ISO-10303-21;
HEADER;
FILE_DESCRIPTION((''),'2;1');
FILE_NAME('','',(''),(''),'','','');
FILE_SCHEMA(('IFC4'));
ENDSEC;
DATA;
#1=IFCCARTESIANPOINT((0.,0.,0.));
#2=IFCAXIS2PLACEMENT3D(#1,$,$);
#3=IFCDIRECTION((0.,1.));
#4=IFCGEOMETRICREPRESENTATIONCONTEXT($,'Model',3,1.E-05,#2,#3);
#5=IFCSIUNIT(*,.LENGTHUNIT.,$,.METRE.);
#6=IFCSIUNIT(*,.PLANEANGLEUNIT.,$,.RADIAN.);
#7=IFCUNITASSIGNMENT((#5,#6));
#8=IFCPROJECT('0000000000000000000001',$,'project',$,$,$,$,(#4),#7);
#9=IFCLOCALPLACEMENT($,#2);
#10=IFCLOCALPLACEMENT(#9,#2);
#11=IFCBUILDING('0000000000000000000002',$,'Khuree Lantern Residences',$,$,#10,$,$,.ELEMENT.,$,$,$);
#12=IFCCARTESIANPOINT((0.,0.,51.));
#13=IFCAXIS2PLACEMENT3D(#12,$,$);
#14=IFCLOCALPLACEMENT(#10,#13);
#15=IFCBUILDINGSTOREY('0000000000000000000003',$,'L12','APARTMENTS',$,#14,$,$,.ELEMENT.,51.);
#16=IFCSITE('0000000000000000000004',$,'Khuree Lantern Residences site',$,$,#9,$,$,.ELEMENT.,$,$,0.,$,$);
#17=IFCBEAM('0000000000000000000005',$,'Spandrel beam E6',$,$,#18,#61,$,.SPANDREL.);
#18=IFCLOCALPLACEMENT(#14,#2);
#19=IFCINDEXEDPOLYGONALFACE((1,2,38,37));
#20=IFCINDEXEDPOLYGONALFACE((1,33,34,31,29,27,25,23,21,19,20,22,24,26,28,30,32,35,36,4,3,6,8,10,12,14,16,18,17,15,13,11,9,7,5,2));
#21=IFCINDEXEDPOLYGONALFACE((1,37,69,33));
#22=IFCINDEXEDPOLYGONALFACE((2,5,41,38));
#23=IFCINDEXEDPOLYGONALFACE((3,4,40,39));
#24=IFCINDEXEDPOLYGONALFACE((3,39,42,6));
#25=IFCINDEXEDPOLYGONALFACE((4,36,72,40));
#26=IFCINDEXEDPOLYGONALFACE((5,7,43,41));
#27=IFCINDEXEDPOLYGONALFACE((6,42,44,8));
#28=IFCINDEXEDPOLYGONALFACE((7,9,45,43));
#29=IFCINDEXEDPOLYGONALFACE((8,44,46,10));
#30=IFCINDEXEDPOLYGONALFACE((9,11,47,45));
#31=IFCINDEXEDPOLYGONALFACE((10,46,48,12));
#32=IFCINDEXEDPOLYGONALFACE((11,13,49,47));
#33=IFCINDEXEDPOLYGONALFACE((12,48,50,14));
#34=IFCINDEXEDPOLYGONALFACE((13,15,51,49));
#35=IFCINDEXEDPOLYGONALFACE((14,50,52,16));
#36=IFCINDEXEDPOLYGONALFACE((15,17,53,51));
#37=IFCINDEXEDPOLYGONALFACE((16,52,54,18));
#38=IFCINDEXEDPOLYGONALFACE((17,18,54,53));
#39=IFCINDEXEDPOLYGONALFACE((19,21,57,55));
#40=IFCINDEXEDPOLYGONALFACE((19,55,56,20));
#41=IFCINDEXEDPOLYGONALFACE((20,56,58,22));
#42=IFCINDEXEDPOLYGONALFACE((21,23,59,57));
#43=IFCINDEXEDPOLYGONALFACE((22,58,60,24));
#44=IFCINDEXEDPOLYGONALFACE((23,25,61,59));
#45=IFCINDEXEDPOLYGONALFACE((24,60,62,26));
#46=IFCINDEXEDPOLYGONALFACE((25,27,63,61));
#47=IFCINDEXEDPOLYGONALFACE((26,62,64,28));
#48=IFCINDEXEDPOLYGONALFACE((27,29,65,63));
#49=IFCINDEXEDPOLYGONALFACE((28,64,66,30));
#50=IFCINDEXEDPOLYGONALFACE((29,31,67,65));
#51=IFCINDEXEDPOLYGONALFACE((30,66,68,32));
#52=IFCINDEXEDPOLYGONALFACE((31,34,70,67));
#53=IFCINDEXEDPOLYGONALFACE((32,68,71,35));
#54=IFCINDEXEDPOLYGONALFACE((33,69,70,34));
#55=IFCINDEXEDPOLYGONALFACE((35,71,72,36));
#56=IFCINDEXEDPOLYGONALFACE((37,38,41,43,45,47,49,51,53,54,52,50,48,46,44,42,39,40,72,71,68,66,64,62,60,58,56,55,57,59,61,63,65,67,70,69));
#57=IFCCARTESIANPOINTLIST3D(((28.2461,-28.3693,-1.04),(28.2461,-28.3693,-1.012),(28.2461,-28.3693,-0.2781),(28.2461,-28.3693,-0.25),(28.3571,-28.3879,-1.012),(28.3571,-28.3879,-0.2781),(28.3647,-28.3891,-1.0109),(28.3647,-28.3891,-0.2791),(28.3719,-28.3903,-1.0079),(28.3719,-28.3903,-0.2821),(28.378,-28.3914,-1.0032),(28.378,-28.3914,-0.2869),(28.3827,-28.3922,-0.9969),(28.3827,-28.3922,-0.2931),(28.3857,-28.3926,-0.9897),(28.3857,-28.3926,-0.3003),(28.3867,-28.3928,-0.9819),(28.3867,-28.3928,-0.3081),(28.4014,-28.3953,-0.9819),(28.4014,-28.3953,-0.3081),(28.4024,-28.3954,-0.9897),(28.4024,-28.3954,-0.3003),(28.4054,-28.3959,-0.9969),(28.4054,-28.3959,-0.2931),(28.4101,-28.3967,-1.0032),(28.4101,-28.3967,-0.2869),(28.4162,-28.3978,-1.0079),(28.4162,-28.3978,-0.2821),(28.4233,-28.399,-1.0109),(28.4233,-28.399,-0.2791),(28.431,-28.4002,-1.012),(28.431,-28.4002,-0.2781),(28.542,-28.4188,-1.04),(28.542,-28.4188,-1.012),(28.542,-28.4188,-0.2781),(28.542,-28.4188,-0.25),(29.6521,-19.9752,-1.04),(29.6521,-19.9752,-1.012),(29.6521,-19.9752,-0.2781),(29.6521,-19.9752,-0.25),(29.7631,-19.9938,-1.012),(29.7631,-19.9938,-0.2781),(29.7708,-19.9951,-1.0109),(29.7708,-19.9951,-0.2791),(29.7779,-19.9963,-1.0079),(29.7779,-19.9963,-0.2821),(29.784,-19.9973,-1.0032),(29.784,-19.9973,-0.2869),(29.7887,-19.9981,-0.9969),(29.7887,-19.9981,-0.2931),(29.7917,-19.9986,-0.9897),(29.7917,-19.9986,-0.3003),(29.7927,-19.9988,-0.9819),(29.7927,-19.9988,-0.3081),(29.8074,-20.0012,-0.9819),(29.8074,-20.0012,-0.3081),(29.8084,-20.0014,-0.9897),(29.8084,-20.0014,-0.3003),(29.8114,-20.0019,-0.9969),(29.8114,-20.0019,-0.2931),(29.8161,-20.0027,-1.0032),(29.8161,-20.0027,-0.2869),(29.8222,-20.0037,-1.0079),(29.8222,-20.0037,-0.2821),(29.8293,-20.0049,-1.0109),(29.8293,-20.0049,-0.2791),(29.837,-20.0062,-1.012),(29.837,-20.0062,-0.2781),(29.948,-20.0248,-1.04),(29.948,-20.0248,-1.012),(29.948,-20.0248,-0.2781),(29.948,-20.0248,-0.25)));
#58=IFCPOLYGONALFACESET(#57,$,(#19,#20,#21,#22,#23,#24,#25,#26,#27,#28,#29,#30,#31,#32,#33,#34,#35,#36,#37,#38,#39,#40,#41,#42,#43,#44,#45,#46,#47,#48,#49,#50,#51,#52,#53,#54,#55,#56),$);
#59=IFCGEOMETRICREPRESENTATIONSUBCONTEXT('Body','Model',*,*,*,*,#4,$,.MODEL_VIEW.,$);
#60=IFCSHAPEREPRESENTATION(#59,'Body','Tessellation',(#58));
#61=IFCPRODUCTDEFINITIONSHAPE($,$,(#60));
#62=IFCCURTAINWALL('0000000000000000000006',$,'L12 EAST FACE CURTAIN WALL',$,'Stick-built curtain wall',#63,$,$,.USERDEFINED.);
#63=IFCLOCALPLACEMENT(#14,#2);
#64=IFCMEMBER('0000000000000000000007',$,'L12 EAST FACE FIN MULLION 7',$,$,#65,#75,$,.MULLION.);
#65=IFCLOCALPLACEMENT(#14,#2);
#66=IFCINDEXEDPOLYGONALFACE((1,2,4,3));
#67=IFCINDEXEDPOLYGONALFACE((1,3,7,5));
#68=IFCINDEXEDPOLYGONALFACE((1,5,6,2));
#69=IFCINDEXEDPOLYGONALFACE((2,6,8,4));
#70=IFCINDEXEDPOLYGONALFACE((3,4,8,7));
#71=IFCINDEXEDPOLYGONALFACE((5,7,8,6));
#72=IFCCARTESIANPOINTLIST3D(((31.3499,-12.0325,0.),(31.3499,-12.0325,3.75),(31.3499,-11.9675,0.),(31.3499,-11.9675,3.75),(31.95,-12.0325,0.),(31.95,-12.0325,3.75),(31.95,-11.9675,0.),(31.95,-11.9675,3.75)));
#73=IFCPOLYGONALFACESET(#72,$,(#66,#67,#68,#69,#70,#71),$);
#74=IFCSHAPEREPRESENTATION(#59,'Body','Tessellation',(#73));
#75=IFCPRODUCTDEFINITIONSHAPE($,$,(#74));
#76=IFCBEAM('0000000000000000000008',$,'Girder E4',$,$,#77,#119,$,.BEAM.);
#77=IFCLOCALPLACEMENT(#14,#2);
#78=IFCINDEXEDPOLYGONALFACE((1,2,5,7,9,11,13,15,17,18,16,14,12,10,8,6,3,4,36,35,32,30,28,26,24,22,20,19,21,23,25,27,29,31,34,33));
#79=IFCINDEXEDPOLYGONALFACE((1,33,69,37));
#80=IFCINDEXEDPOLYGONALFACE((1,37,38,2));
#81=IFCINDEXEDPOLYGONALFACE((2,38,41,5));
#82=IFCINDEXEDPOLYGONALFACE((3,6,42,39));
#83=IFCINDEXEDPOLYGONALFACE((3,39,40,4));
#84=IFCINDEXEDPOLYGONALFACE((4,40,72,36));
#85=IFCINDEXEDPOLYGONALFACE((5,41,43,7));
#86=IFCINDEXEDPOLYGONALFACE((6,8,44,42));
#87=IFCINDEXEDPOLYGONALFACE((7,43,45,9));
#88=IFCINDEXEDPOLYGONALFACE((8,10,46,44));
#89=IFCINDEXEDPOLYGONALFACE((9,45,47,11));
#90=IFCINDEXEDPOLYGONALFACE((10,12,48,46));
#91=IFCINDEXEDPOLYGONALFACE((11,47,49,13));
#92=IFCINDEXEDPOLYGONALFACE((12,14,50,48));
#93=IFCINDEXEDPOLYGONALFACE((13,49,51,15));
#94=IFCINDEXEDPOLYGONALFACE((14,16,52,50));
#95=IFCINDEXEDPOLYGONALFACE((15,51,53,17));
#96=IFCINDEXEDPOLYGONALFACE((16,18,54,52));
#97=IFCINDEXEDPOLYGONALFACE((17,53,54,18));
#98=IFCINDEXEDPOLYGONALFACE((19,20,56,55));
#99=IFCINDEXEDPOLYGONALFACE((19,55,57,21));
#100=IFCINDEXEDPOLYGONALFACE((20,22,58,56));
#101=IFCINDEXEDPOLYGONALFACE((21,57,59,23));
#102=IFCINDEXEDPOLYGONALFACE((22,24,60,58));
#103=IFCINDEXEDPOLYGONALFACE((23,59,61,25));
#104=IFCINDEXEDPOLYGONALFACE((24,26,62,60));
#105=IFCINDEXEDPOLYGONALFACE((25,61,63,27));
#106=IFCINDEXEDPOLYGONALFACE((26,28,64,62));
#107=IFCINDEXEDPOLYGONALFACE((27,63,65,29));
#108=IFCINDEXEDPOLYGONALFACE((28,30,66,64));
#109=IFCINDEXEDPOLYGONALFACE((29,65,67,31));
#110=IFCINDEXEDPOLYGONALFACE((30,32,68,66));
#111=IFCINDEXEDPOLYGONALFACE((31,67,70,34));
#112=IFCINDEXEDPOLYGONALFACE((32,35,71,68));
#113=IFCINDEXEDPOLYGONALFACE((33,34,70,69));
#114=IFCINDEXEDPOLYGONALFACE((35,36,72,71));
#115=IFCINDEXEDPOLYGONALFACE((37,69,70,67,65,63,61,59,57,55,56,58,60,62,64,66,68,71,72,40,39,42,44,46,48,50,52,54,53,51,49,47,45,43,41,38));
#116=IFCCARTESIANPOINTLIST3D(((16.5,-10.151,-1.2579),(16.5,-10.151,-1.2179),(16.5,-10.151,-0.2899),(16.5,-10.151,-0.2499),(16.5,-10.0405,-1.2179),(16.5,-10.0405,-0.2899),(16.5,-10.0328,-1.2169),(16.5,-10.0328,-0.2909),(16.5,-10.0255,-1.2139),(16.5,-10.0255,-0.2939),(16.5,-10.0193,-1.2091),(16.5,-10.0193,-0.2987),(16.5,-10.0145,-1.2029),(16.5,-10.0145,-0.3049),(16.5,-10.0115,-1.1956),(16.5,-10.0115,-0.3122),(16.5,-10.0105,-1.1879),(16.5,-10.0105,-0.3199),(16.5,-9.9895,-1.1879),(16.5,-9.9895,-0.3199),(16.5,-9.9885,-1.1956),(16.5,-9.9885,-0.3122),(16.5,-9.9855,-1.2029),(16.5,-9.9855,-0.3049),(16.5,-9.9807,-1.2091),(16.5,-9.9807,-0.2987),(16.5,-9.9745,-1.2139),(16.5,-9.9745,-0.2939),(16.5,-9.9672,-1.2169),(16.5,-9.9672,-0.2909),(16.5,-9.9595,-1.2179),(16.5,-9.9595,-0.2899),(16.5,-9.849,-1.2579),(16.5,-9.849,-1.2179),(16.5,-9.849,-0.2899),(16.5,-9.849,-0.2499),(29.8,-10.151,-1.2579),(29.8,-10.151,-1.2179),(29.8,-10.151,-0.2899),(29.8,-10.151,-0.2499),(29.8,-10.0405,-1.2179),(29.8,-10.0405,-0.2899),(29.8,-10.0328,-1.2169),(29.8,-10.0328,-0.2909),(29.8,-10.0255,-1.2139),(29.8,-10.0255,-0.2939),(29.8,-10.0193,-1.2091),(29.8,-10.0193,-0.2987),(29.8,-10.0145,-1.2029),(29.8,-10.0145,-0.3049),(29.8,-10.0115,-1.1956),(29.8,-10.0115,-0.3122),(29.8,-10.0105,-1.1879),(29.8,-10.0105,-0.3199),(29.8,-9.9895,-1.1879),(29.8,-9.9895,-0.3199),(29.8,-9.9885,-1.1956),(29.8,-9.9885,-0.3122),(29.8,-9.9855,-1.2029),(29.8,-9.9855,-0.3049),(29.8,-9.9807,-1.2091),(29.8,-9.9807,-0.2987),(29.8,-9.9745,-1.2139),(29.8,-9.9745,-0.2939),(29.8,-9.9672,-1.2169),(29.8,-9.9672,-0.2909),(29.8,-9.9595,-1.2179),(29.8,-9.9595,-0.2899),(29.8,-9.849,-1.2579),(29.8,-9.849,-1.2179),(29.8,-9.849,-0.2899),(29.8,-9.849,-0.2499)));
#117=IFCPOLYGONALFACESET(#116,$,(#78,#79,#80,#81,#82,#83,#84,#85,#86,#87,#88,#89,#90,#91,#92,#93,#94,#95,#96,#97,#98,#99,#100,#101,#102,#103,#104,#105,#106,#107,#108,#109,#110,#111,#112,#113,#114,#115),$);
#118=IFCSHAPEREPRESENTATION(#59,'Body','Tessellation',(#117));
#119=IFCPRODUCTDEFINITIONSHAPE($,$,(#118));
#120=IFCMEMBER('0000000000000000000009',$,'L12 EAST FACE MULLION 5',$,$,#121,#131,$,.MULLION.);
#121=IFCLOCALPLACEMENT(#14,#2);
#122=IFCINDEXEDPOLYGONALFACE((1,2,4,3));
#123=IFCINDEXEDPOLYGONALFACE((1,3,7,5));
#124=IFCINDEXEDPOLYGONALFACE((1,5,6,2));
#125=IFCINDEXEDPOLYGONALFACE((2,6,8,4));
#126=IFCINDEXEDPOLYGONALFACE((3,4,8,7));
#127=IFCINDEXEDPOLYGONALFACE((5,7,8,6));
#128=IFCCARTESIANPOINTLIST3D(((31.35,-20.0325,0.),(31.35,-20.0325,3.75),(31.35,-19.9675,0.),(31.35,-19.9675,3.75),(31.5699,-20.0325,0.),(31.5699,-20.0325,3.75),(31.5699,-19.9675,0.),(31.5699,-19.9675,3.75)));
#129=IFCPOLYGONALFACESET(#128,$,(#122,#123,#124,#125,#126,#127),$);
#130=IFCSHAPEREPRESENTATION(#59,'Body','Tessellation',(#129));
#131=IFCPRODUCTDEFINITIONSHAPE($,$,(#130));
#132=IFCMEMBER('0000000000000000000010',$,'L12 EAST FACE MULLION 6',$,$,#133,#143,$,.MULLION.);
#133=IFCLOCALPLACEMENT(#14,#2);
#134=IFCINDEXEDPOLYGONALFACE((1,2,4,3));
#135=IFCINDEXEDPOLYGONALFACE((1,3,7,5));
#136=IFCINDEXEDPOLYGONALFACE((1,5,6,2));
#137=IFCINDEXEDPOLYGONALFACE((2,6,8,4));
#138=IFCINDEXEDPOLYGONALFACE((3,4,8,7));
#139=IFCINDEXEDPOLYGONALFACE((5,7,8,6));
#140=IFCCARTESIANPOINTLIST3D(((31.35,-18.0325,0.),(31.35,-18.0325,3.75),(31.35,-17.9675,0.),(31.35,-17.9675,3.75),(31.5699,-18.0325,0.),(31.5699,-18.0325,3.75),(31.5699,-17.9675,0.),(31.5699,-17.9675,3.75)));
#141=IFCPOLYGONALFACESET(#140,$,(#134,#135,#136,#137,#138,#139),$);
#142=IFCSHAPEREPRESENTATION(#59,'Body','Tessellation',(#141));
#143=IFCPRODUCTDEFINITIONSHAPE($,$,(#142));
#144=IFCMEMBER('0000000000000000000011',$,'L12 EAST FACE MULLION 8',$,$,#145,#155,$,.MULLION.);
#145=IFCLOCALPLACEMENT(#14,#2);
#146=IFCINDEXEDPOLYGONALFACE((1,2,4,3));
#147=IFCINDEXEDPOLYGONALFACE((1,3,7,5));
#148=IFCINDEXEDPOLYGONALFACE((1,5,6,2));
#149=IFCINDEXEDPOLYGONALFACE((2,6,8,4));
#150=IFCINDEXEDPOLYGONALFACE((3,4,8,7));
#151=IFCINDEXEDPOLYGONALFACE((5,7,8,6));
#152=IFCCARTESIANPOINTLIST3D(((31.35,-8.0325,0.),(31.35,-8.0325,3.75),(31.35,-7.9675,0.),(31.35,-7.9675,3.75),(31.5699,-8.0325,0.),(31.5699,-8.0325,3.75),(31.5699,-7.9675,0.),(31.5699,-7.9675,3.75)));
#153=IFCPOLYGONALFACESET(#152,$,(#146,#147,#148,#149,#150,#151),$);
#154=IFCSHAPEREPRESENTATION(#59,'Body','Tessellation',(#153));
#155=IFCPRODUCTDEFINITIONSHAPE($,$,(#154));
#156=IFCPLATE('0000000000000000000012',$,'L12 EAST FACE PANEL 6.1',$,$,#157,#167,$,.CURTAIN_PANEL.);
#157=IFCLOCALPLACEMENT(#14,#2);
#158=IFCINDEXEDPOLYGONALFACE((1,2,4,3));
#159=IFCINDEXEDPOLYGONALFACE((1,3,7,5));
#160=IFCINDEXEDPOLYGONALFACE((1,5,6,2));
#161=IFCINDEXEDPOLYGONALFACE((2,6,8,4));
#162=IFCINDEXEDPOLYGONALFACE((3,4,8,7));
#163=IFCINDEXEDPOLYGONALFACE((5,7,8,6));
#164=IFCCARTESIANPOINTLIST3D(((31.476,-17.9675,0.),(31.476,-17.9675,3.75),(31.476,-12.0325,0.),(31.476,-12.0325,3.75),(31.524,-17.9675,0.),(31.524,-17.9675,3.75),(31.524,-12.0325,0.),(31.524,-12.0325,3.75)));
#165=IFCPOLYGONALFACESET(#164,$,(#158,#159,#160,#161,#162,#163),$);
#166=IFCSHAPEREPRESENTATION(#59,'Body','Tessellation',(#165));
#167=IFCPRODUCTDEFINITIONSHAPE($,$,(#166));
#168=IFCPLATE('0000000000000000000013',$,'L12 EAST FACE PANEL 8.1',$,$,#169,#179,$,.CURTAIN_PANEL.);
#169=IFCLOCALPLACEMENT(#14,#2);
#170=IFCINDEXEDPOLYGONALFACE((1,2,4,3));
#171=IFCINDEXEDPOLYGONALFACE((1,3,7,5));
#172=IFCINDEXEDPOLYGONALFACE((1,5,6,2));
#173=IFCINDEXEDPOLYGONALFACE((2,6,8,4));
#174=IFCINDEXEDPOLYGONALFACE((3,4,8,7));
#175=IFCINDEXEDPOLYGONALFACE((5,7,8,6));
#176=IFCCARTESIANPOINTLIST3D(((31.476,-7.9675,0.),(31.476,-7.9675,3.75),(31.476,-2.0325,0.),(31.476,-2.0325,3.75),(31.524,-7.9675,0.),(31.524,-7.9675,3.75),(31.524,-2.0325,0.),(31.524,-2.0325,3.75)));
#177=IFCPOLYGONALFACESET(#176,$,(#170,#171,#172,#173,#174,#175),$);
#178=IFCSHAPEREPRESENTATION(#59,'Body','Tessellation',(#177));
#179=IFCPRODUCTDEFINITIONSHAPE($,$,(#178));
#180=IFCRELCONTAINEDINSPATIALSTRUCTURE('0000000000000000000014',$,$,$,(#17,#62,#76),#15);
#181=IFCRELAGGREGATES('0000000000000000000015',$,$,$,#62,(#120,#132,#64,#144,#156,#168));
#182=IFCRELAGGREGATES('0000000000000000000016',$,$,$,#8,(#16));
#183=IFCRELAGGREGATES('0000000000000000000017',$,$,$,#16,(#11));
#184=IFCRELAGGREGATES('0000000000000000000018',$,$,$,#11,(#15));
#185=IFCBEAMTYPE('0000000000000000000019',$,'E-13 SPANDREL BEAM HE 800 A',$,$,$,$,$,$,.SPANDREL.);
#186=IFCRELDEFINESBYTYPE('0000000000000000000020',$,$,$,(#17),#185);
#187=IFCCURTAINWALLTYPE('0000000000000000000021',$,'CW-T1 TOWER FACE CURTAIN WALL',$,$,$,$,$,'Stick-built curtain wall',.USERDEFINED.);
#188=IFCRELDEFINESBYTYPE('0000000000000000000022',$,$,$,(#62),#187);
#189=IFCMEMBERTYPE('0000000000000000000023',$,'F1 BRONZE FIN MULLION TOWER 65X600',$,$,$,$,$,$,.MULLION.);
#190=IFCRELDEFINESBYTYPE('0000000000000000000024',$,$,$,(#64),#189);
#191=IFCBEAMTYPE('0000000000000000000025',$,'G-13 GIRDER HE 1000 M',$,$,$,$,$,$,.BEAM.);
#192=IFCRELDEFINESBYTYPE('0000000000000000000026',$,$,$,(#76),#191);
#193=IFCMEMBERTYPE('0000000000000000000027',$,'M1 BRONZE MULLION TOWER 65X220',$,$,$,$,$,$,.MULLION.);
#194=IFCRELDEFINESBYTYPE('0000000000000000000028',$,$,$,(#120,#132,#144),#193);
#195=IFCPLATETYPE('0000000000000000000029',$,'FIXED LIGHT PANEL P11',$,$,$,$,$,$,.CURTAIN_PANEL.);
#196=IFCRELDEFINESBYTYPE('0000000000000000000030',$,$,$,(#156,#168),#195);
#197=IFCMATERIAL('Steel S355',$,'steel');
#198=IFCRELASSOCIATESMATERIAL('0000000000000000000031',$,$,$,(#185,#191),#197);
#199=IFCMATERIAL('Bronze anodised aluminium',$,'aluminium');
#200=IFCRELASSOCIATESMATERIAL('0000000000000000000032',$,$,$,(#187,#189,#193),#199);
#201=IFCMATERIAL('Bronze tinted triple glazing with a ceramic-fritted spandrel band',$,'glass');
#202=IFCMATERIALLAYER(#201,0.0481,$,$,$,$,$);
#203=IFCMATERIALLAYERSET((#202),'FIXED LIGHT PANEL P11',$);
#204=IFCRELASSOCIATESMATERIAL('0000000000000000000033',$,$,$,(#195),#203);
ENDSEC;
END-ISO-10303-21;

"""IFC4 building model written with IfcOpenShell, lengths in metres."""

from ifc_helpers import new_model, si_unit, direction, frame, origin, origin_2d, place, context, subcontext, project, spatial, rectangle, i_section, extrude, material, layer, layer_set, material_profile, profile_set, type_object, element, aggregate, save


model = new_model("IFC4")

# Units and contexts
model_context = context("Model", 3, precision=1e-05, world=origin(), true_north=direction((0.0, 1.0)))
body_context = subcontext(model_context, "Body", "Model", "MODEL_VIEW")
ifc_project = project(units=[si_unit("LENGTHUNIT", "METRE"), si_unit("PLANEANGLEUNIT", "RADIAN")], contexts=[model_context])

# Site, building, storey
site_placement = place(None, origin())
site = spatial("IfcSite", under=ifc_project, at=site_placement, Name="Khuree Lantern Residences site", CompositionType="ELEMENT", RefElevation=0.0)
building_placement = place(site_placement, origin())
building = spatial("IfcBuilding", under=site, at=building_placement, Name="Khuree Lantern Residences", CompositionType="ELEMENT")
storey_placement = place(building_placement, frame((0.0, 0.0, 51.0)))
storey = spatial("IfcBuildingStorey", under=building, at=storey_placement, Name="L12", Description="APARTMENTS", CompositionType="ELEMENT", Elevation=51.0)

# Beam
ifc_material_1 = material(Name="Steel S355", Category="steel")
ifc_material_profile_1 = material_profile(ifc_material_1, i_section(OverallWidth=0.3, OverallDepth=0.79, WebThickness=0.0149, FlangeThickness=0.0281, FilletRadius=0.03, at=origin_2d()), Name="HE 800 A")
ifc_profile_set_1 = profile_set([ifc_material_profile_1], Name="Steel S355")
beam_type_1 = type_object("IfcBeamType", Name="E-13 SPANDREL BEAM HE 800 A", PredefinedType="SPANDREL", material=ifc_profile_set_1)
beam_1_placement = place(storey_placement, frame((29.8, -20.0, -0.645), z_axis=(-0.165199, -0.98626, 0.0), x_axis=(0.98626, -0.165199, 0.0)))
element("IfcBeam", 1, at=beam_1_placement, inside=storey, type_object=beam_type_1, Name="Spandrel beam E6", PredefinedType="SPANDREL", context=body_context, shape_type="SweptSolid", body=[
    extrude(i_section(OverallWidth=0.3, OverallDepth=0.79, WebThickness=0.0149, FlangeThickness=0.0281, FilletRadius=0.03, at=origin_2d()), origin(), (0.0, 0.0, 1.0), 8.511),
])

# Curtain wall, member
ifc_material_2 = material(Name="Bronze anodised aluminium", Category="aluminium")
curtain_wall_type = type_object("IfcCurtainWallType", Name="CW-T1 TOWER FACE CURTAIN WALL", ElementType="Stick-built curtain wall", PredefinedType="USERDEFINED", material=ifc_material_2)
curtain_wall_placement = place(storey_placement, origin())
curtain_wall = element("IfcCurtainWall", 2, at=curtain_wall_placement, inside=storey, type_object=curtain_wall_type, Name="L12 EAST FACE CURTAIN WALL", ObjectType="Stick-built curtain wall", PredefinedType="USERDEFINED")
ifc_material_profile_2 = material_profile(ifc_material_2, rectangle(XDim=0.0649, YDim=0.6001, at=origin_2d()), Name="F1 65X600")
ifc_profile_set_2 = profile_set([ifc_material_profile_2], Name="Bronze anodised aluminium")
member_type_1 = type_object("IfcMemberType", Name="F1 BRONZE FIN MULLION TOWER 65X600", PredefinedType="MULLION", material=ifc_profile_set_2)
member_1_placement = place(storey_placement, frame((31.6499, -12.0, 0.0), z_axis=(0.0, 0.0, 1.0), x_axis=(0.0, 1.0, 0.0)))
member_1 = element("IfcMember", 3, at=member_1_placement, type_object=member_type_1, Name="L12 EAST FACE FIN MULLION 7", PredefinedType="MULLION", context=body_context, shape_type="SweptSolid", body=[
    extrude(rectangle(XDim=0.0649, YDim=0.6001, at=origin_2d()), origin(), (0.0, 0.0, 1.0), 3.75),
])

# Beam
ifc_material_profile_3 = material_profile(ifc_material_1, i_section(OverallWidth=0.302, OverallDepth=1.0081, WebThickness=0.021, FlangeThickness=0.04, FilletRadius=0.03, at=origin_2d()), Name="HE 1000 M")
ifc_profile_set_3 = profile_set([ifc_material_profile_3], Name="Steel S355")
beam_type_2 = type_object("IfcBeamType", Name="G-13 GIRDER HE 1000 M", PredefinedType="BEAM", material=ifc_profile_set_3)
beam_2_placement = place(storey_placement, frame((29.8, -10.0, -0.7539), z_axis=(-1.0, 0.0, 0.0), x_axis=(0.0, -1.0, 0.0)))
element("IfcBeam", 4, at=beam_2_placement, inside=storey, type_object=beam_type_2, Name="Girder E4", PredefinedType="BEAM", context=body_context, shape_type="SweptSolid", body=[
    extrude(i_section(OverallWidth=0.302, OverallDepth=1.0081, WebThickness=0.021, FlangeThickness=0.04, FilletRadius=0.03, at=origin_2d()), origin(), (0.0, 0.0, 1.0), 13.3),
])

# Members
ifc_material_profile_4 = material_profile(ifc_material_2, rectangle(XDim=0.0649, YDim=0.22, at=origin_2d()), Name="M1 65X220")
ifc_profile_set_4 = profile_set([ifc_material_profile_4], Name="Bronze anodised aluminium")
member_type_2 = type_object("IfcMemberType", Name="M1 BRONZE MULLION TOWER 65X220", PredefinedType="MULLION", material=ifc_profile_set_4)
member_2_placement = place(storey_placement, frame((31.46, -20.0, 0.0), z_axis=(0.0, 0.0, 1.0), x_axis=(0.0, 1.0, 0.0)))
member_2 = element("IfcMember", 5, at=member_2_placement, type_object=member_type_2, Name="L12 EAST FACE MULLION 5", PredefinedType="MULLION", context=body_context, shape_type="SweptSolid", body=[
    extrude(rectangle(XDim=0.0649, YDim=0.22, at=origin_2d()), origin(), (0.0, 0.0, 1.0), 3.75),
])
member_3_placement = place(storey_placement, frame((31.46, -18.0, 0.0), z_axis=(0.0, 0.0, 1.0), x_axis=(0.0, 1.0, 0.0)))
member_3 = element("IfcMember", 6, at=member_3_placement, type_object=member_type_2, Name="L12 EAST FACE MULLION 6", PredefinedType="MULLION", context=body_context, shape_type="SweptSolid", body=[
    extrude(rectangle(XDim=0.0649, YDim=0.22, at=origin_2d()), origin(), (0.0, 0.0, 1.0), 3.75),
])
member_4_placement = place(storey_placement, frame((31.46, -8.0, 0.0), z_axis=(0.0, 0.0, 1.0), x_axis=(0.0, 1.0, 0.0)))
member_4 = element("IfcMember", 7, at=member_4_placement, type_object=member_type_2, Name="L12 EAST FACE MULLION 8", PredefinedType="MULLION", context=body_context, shape_type="SweptSolid", body=[
    extrude(rectangle(XDim=0.0649, YDim=0.22, at=origin_2d()), origin(), (0.0, 0.0, 1.0), 3.75),
])

# Plates
ifc_material_3 = material(Name="Bronze tinted triple glazing with a ceramic-fritted spandrel band", Category="glass")
ifc_layer_1 = layer(ifc_material_3, 0.0481)
ifc_layer_set_1 = layer_set([ifc_layer_1], Name="FIXED LIGHT PANEL P11")
plate_type_1 = type_object("IfcPlateType", Name="FIXED LIGHT PANEL P11", PredefinedType="CURTAIN_PANEL", material=ifc_layer_set_1)
plate_1_placement = place(storey_placement, frame((31.5, -15.0, 0.0), z_axis=(0.0, 0.0, 1.0), x_axis=(0.0, 1.0, 0.0)))
plate_1 = element("IfcPlate", 8, at=plate_1_placement, type_object=plate_type_1, Name="L12 EAST FACE PANEL 6.1", PredefinedType="CURTAIN_PANEL", context=body_context, shape_type="SweptSolid", body=[
    extrude(rectangle(XDim=5.9351, YDim=0.0481, at=origin_2d()), origin(), (0.0, 0.0, 1.0), 3.75),
])
plate_2_placement = place(storey_placement, frame((31.5, -5.0, 0.0), z_axis=(0.0, 0.0, 1.0), x_axis=(0.0, 1.0, 0.0)))
plate_2 = element("IfcPlate", 9, at=plate_2_placement, type_object=plate_type_1, Name="L12 EAST FACE PANEL 8.1", PredefinedType="CURTAIN_PANEL", context=body_context, shape_type="SweptSolid", body=[
    extrude(rectangle(XDim=5.9351, YDim=0.0481, at=origin_2d()), origin(), (0.0, 0.0, 1.0), 3.75),
])
aggregate(curtain_wall, [member_2, member_3, member_1, member_4, plate_1, plate_2])

save(model, "model.ifc")
